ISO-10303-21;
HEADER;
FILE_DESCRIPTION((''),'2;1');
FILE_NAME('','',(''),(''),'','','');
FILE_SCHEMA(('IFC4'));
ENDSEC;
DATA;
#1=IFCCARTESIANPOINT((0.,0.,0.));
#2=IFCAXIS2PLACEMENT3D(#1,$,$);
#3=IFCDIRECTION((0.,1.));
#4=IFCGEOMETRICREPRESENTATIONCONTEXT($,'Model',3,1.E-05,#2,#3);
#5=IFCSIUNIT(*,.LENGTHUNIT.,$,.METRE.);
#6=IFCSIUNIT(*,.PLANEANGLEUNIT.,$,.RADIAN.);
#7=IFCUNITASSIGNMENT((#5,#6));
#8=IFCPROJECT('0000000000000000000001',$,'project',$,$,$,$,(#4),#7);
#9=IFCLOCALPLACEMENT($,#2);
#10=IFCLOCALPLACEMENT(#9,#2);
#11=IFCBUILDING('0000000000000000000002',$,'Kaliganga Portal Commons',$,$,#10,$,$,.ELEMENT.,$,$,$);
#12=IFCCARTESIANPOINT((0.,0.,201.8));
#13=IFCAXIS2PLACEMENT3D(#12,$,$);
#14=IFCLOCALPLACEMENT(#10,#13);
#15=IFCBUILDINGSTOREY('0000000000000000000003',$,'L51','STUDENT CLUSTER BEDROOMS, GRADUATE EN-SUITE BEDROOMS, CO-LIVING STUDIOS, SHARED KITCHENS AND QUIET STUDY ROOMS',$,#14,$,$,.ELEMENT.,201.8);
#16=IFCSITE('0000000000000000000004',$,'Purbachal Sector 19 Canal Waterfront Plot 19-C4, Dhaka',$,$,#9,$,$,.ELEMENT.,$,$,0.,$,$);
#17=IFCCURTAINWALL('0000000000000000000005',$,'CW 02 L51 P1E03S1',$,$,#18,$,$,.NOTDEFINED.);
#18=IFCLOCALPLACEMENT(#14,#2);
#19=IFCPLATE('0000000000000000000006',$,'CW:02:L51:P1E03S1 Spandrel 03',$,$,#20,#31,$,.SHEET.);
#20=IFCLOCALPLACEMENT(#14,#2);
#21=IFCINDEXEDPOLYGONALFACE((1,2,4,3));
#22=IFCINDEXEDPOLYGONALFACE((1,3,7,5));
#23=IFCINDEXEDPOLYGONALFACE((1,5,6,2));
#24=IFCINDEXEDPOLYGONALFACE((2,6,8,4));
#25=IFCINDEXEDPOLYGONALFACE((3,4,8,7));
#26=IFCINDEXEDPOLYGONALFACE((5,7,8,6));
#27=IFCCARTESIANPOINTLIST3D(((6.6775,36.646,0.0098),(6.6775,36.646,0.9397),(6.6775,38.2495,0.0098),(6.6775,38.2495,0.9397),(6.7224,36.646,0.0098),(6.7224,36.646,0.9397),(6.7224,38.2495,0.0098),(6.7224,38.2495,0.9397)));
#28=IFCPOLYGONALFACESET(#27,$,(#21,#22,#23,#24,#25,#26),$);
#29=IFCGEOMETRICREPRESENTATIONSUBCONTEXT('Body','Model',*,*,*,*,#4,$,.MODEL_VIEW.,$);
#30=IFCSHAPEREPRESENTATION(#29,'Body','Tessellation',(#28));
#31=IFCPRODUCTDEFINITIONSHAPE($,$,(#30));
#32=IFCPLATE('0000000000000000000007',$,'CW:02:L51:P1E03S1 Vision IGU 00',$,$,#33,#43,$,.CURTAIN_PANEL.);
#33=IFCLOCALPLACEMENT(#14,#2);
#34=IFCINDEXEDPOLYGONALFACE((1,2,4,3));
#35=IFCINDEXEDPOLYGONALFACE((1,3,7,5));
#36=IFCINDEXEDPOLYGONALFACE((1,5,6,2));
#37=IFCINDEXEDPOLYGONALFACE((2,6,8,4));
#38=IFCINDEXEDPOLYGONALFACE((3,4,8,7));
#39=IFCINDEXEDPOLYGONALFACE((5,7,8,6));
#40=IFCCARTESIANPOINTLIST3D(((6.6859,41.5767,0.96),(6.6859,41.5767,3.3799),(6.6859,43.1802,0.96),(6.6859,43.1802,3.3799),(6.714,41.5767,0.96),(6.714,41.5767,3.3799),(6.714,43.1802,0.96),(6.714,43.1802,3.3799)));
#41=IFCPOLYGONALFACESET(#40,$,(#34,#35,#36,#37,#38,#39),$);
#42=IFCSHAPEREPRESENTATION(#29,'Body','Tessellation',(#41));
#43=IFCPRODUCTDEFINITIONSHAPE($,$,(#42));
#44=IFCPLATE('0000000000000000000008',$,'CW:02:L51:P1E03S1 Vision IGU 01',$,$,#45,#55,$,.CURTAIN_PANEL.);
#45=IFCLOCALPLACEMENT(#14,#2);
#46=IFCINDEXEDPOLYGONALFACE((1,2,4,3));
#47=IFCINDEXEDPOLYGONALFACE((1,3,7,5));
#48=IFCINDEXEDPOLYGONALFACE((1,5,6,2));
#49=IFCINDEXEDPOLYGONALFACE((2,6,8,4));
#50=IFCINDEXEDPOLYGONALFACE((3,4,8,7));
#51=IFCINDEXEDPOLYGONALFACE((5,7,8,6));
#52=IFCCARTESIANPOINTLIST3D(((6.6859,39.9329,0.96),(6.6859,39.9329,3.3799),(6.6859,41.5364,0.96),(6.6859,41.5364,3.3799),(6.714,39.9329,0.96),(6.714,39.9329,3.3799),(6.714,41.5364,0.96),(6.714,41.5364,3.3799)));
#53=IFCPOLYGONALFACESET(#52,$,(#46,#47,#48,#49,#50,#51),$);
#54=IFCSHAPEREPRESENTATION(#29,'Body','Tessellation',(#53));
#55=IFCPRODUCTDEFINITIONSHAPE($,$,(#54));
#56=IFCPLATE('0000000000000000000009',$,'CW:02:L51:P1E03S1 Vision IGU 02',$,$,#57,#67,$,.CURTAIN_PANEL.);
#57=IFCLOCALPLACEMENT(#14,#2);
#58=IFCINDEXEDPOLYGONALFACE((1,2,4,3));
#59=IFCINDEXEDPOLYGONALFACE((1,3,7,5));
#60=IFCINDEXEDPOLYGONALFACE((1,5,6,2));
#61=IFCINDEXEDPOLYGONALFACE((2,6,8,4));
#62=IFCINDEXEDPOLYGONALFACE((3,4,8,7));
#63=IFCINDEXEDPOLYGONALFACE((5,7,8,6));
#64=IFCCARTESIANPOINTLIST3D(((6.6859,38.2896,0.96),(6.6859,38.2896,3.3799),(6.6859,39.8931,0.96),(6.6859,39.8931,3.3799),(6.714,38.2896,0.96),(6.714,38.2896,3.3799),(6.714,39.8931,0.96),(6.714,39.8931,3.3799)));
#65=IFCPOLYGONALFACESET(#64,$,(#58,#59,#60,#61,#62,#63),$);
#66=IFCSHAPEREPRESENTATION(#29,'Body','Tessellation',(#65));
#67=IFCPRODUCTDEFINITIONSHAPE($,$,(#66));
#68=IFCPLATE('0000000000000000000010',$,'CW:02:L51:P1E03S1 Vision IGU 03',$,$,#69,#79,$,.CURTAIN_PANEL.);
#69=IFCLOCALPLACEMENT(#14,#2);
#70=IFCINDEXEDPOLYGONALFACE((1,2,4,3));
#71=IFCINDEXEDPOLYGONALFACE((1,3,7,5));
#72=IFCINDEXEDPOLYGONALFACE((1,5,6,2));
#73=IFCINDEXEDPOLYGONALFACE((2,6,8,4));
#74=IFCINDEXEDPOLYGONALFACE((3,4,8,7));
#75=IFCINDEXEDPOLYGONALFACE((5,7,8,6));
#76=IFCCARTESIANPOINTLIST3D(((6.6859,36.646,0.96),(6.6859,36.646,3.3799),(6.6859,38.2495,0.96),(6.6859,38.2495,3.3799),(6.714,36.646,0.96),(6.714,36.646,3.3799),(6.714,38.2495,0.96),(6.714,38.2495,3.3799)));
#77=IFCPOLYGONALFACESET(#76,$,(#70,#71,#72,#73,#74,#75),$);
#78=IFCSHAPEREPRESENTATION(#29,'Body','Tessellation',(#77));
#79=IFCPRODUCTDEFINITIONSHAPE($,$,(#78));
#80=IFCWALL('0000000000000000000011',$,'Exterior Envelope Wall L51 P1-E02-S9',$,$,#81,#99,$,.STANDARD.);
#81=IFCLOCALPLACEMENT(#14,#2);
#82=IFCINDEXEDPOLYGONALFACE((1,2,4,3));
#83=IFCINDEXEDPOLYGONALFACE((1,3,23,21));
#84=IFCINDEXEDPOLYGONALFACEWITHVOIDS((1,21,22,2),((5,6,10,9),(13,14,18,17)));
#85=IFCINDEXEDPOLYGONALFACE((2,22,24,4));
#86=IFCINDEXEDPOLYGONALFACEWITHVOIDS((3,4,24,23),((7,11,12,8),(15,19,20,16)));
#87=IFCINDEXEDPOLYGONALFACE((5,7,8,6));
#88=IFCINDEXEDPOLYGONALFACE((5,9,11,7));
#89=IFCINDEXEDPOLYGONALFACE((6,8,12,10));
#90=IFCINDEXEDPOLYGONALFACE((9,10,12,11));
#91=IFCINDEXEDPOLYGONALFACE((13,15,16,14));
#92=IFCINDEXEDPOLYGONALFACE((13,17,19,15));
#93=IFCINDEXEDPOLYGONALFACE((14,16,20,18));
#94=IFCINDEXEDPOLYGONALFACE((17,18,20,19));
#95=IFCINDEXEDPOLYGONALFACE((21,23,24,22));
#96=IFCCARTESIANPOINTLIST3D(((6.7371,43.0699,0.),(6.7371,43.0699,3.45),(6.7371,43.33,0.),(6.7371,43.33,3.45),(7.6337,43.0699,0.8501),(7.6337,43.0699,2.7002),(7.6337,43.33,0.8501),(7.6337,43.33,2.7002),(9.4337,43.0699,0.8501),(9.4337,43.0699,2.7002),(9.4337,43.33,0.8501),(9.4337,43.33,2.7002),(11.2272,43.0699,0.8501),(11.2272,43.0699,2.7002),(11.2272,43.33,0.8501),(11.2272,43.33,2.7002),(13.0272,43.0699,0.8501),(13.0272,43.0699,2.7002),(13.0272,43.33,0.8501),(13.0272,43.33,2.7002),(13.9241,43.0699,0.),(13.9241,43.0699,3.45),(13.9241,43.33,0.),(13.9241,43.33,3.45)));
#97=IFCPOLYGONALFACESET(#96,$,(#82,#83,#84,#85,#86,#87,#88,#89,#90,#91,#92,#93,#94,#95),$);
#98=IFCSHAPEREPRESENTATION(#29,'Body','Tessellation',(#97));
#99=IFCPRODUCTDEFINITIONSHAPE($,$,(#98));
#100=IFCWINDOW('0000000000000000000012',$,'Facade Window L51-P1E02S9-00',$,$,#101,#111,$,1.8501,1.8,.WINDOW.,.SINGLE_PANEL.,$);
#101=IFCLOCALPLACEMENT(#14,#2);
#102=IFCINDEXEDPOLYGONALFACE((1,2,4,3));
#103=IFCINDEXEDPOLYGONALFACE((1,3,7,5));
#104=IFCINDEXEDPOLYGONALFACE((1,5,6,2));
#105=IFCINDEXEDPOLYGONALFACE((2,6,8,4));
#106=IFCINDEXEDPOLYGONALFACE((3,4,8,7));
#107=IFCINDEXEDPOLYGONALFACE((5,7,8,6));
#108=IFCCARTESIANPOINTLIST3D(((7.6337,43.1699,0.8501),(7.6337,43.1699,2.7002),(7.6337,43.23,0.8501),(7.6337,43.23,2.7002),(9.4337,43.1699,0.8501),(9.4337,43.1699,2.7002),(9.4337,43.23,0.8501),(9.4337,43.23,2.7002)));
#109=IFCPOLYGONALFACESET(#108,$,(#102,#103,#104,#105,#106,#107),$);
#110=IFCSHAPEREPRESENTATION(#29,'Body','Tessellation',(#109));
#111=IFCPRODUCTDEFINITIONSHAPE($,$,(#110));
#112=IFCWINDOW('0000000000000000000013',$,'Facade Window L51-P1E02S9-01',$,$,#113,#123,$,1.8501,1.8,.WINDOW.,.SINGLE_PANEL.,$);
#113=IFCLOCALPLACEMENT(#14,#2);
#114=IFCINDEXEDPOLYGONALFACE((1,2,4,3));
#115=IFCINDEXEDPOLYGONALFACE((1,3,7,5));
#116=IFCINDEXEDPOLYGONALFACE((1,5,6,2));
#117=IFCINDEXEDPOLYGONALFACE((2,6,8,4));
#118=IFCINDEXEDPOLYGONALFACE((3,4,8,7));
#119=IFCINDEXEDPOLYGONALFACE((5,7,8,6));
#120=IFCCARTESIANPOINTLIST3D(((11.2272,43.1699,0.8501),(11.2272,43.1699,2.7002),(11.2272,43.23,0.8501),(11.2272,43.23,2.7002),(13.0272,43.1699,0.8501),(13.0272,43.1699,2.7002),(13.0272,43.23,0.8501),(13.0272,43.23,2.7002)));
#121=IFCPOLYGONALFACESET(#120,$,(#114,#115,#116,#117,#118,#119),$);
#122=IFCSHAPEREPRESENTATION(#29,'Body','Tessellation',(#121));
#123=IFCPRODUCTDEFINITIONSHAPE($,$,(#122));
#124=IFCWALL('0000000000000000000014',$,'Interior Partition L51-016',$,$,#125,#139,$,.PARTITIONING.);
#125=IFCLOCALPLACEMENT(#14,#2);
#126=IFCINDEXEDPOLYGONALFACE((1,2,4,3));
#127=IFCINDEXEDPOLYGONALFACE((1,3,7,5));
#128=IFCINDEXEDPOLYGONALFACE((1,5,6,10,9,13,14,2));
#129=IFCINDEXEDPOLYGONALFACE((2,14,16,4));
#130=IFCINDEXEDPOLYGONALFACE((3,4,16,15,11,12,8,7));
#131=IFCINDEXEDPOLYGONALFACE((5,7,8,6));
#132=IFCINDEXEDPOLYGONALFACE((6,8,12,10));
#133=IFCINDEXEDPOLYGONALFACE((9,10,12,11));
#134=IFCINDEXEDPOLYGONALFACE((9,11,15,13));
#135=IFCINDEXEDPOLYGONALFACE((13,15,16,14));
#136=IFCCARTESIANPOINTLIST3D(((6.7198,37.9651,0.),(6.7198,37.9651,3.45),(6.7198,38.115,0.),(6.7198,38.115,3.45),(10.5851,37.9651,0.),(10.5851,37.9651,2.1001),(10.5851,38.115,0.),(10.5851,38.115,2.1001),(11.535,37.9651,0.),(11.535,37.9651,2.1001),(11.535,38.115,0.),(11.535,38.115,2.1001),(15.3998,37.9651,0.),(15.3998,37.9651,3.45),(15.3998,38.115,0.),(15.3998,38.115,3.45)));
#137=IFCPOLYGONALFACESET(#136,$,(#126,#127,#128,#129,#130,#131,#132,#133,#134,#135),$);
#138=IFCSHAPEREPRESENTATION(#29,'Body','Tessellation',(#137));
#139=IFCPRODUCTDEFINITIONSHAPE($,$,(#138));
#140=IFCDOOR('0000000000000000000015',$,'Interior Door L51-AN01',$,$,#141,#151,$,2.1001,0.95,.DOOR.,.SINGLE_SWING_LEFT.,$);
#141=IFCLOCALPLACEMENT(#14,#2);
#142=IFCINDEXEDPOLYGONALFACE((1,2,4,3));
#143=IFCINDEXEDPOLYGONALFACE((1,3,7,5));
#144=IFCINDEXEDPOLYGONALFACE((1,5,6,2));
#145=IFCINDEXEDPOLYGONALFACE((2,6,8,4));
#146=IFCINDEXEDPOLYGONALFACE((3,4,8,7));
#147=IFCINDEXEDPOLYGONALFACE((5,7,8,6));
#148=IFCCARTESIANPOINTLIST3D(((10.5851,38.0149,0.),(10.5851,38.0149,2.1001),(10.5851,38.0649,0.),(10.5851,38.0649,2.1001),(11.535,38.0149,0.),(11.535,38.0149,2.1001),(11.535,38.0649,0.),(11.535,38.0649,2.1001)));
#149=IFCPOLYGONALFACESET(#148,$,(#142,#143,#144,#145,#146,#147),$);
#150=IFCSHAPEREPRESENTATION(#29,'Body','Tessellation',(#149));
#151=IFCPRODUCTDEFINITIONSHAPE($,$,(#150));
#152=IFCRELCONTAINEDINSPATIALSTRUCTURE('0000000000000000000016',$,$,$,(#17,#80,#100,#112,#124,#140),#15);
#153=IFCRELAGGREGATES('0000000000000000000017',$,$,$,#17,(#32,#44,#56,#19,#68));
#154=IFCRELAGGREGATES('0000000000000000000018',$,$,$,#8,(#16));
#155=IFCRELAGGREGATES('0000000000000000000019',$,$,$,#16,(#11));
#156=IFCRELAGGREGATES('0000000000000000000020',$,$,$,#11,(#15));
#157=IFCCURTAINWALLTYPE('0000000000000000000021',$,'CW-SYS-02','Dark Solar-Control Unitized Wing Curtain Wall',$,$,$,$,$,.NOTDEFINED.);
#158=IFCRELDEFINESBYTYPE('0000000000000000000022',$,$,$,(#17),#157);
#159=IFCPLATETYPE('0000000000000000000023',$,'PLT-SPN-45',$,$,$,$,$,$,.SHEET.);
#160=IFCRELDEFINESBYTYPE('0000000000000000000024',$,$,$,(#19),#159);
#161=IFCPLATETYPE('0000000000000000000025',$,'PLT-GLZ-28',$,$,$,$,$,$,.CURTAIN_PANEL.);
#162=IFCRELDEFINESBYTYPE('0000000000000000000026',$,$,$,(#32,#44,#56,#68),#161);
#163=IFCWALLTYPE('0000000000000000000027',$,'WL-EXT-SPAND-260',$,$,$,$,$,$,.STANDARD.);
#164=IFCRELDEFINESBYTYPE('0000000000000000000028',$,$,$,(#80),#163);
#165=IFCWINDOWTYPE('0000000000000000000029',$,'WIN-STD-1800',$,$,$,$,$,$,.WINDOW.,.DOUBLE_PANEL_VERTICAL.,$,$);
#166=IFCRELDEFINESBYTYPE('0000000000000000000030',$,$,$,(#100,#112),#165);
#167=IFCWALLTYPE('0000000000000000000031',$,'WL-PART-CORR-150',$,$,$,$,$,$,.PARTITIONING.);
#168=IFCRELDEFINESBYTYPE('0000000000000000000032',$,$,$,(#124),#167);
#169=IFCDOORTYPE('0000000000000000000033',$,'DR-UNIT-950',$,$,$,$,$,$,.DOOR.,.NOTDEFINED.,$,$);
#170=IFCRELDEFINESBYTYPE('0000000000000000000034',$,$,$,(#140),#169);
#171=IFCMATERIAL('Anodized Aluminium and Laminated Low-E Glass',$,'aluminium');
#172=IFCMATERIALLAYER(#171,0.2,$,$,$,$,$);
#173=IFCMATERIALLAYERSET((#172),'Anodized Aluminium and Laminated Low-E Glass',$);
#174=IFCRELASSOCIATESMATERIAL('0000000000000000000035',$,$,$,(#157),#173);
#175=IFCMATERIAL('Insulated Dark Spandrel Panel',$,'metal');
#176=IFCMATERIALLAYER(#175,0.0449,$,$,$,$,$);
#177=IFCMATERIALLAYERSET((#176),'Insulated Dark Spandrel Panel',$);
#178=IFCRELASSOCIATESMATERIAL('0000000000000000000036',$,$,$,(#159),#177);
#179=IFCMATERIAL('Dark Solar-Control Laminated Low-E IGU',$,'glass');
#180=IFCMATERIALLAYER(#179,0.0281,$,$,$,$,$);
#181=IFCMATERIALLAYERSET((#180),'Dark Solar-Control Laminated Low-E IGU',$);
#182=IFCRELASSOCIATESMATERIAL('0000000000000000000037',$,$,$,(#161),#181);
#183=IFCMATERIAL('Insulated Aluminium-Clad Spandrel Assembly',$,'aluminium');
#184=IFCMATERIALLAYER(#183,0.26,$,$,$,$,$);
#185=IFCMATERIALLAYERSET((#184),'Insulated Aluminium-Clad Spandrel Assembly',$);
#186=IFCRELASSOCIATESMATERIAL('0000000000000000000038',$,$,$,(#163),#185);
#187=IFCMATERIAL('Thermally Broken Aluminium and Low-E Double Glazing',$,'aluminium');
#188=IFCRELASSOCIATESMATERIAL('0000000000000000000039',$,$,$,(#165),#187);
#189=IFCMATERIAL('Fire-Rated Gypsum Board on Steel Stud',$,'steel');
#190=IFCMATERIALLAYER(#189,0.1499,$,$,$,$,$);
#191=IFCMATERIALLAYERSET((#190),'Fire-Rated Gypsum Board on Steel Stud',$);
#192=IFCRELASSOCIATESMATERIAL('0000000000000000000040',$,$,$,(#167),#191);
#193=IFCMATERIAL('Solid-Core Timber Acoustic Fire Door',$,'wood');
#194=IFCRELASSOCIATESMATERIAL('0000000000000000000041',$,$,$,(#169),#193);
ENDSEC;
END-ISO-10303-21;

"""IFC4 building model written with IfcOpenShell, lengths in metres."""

from ifc_helpers import new_model, si_unit, direction, frame, frame_2d, origin, origin_2d, place, context, subcontext, project, spatial, rectangle, extrude, source, transform, mapped, material, layer, layer_set, type_object, element, fill, aggregate, save


model = new_model("IFC4")

# Units and contexts
model_context = context("Model", 3, precision=1e-05, world=origin(), true_north=direction((0.0, 1.0)))
body_context = subcontext(model_context, "Body", "Model", "MODEL_VIEW")
ifc_project = project(units=[si_unit("LENGTHUNIT", "METRE"), si_unit("PLANEANGLEUNIT", "RADIAN")], contexts=[model_context])

# Site, building, storey
site_placement = place(None, origin())
site = spatial("IfcSite", under=ifc_project, at=site_placement, Name="Purbachal Sector 19 Canal Waterfront Plot 19-C4, Dhaka", CompositionType="ELEMENT", RefElevation=0.0)
building_placement = place(site_placement, origin())
building = spatial("IfcBuilding", under=site, at=building_placement, Name="Kaliganga Portal Commons", CompositionType="ELEMENT")
storey_placement = place(building_placement, frame((0.0, 0.0, 201.8)))
storey = spatial("IfcBuildingStorey", under=building, at=storey_placement, Name="L51", Description="STUDENT CLUSTER BEDROOMS, GRADUATE EN-SUITE BEDROOMS, CO-LIVING STUDIOS, SHARED KITCHENS AND QUIET STUDY ROOMS", CompositionType="ELEMENT", Elevation=201.8)

# Curtain wall, plates
ifc_material_1 = material(Name="Anodized Aluminium and Laminated Low-E Glass", Category="aluminium")
ifc_layer_1 = layer(ifc_material_1, 0.2)
ifc_layer_set_1 = layer_set([ifc_layer_1], Name="Anodized Aluminium and Laminated Low-E Glass")
curtain_wall_type = type_object("IfcCurtainWallType", Name="CW-SYS-02", Description="Dark Solar-Control Unitized Wing Curtain Wall", PredefinedType="NOTDEFINED", material=ifc_layer_set_1)
curtain_wall_placement = place(storey_placement, origin())
curtain_wall = element("IfcCurtainWall", 1, at=curtain_wall_placement, inside=storey, type_object=curtain_wall_type, Name="CW 02 L51 P1E03S1", PredefinedType="NOTDEFINED")
ifc_material_2 = material(Name="Insulated Dark Spandrel Panel", Category="metal")
ifc_layer_2 = layer(ifc_material_2, 0.0449)
ifc_layer_set_2 = layer_set([ifc_layer_2], Name="Insulated Dark Spandrel Panel")
plate_type_1 = type_object("IfcPlateType", Name="PLT-SPN-45", PredefinedType="SHEET", material=ifc_layer_set_2)
shared_shape_1 = source(origin(), body_context, "Body", "SweptSolid", [
    extrude(rectangle(XDim=1.6035, YDim=0.0449, at=origin_2d()), origin(), (0.0, 0.0, 1.0), 0.9299),
])
plate_1_placement = place(storey_placement, frame((6.7, 37.4478, 0.0098), z_axis=(0.0, 0.0, 1.0), x_axis=(0.0, -1.0, 0.0)))
plate_1 = element("IfcPlate", 2, at=plate_1_placement, type_object=plate_type_1, Name="CW:02:L51:P1E03S1 Spandrel 03", PredefinedType="SHEET", context=body_context, shape_type="MappedRepresentation", body=[
    mapped(shared_shape_1, transform((0.0, 0.0, 0.0), x_axis=(1.0, 0.0, 0.0), y_axis=(0.0, 1.0, 0.0), z_axis=(0.0, 0.0, 1.0), scale=1.0)),
])
ifc_material_3 = material(Name="Dark Solar-Control Laminated Low-E IGU", Category="glass")
ifc_layer_3 = layer(ifc_material_3, 0.0281)
ifc_layer_set_3 = layer_set([ifc_layer_3], Name="Dark Solar-Control Laminated Low-E IGU")
plate_type_2 = type_object("IfcPlateType", Name="PLT-GLZ-28", PredefinedType="CURTAIN_PANEL", material=ifc_layer_set_3)
shared_shape_2 = source(origin(), body_context, "Body", "SweptSolid", [
    extrude(rectangle(XDim=1.6035, YDim=0.0281, at=origin_2d()), origin(), (0.0, 0.0, 1.0), 2.4199),
])
plate_2_placement = place(storey_placement, frame((6.7, 42.3784, 0.96), z_axis=(0.0, 0.0, 1.0), x_axis=(0.0, -1.0, 0.0)))
plate_2 = element("IfcPlate", 3, at=plate_2_placement, type_object=plate_type_2, Name="CW:02:L51:P1E03S1 Vision IGU 00", PredefinedType="CURTAIN_PANEL", context=body_context, shape_type="MappedRepresentation", body=[
    mapped(shared_shape_2, transform((0.0, 0.0, 0.0), x_axis=(1.0, 0.0, 0.0), y_axis=(0.0, 1.0, 0.0), z_axis=(0.0, 0.0, 1.0), scale=1.0)),
])
plate_3_placement = place(storey_placement, frame((6.7, 40.7346, 0.96), z_axis=(0.0, 0.0, 1.0), x_axis=(0.0, -1.0, 0.0)))
plate_3 = element("IfcPlate", 4, at=plate_3_placement, type_object=plate_type_2, Name="CW:02:L51:P1E03S1 Vision IGU 01", PredefinedType="CURTAIN_PANEL", context=body_context, shape_type="MappedRepresentation", body=[
    mapped(shared_shape_2, transform((0.0, 0.0, 0.0), x_axis=(1.0, 0.0, 0.0), y_axis=(0.0, 1.0, 0.0), z_axis=(0.0, 0.0, 1.0), scale=1.0)),
])
plate_4_placement = place(storey_placement, frame((6.7, 39.0913, 0.96), z_axis=(0.0, 0.0, 1.0), x_axis=(0.0, -1.0, 0.0)))
plate_4 = element("IfcPlate", 5, at=plate_4_placement, type_object=plate_type_2, Name="CW:02:L51:P1E03S1 Vision IGU 02", PredefinedType="CURTAIN_PANEL", context=body_context, shape_type="MappedRepresentation", body=[
    mapped(shared_shape_2, transform((0.0, 0.0, 0.0), x_axis=(1.0, 0.0, 0.0), y_axis=(0.0, 1.0, 0.0), z_axis=(0.0, 0.0, 1.0), scale=1.0)),
])
plate_5_placement = place(storey_placement, frame((6.7, 37.4478, 0.96), z_axis=(0.0, 0.0, 1.0), x_axis=(0.0, -1.0, 0.0)))
plate_5 = element("IfcPlate", 6, at=plate_5_placement, type_object=plate_type_2, Name="CW:02:L51:P1E03S1 Vision IGU 03", PredefinedType="CURTAIN_PANEL", context=body_context, shape_type="MappedRepresentation", body=[
    mapped(shared_shape_2, transform((0.0, 0.0, 0.0), x_axis=(1.0, 0.0, 0.0), y_axis=(0.0, 1.0, 0.0), z_axis=(0.0, 0.0, 1.0), scale=1.0)),
])
aggregate(curtain_wall, [plate_2, plate_3, plate_4, plate_1, plate_5])

# Wall, openings, windows
ifc_material_4 = material(Name="Insulated Aluminium-Clad Spandrel Assembly", Category="aluminium")
ifc_layer_4 = layer(ifc_material_4, 0.26)
ifc_layer_set_4 = layer_set([ifc_layer_4], Name="Insulated Aluminium-Clad Spandrel Assembly")
wall_type_1 = type_object("IfcWallType", Name="WL-EXT-SPAND-260", PredefinedType="STANDARD", material=ifc_layer_set_4)
wall_1_placement = place(storey_placement, frame((6.7371, 43.2, 0.0), z_axis=(0.0, 0.0, 1.0), x_axis=(1.0, 0.0, 0.0)))
wall_1 = element("IfcWall", 7, at=wall_1_placement, inside=storey, type_object=wall_type_1, Name="Exterior Envelope Wall L51 P1-E02-S9", PredefinedType="STANDARD", context=body_context, shape_type="SweptSolid", body=[
    extrude(rectangle(XDim=7.187, YDim=0.26, at=frame_2d((3.5935, 0.0))), origin(), (0.0, 0.0, 1.0), 3.45),
])
opening_1_placement = place(wall_1_placement, frame((0.8967, 0.0, 0.8501)))
opening_1 = element("IfcOpeningElement", 8, at=opening_1_placement, cuts=wall_1, PredefinedType="OPENING", context=body_context, shape_type="SweptSolid", body=[
    extrude(rectangle(XDim=1.8, YDim=1.8501, at=frame_2d((0.8999, 0.925))), frame((0.0, 0.1401, 0.0), z_axis=(0.0, -1.0, 0.0), x_axis=(1.0, 0.0, 0.0)), (0.0, 0.0, 1.0), 0.28),
])
opening_2_placement = place(wall_1_placement, frame((4.4902, 0.0, 0.8501)))
opening_2 = element("IfcOpeningElement", 9, at=opening_2_placement, cuts=wall_1, PredefinedType="OPENING", context=body_context, shape_type="SweptSolid", body=[
    extrude(rectangle(XDim=1.8, YDim=1.8501, at=frame_2d((0.8999, 0.925))), frame((0.0, 0.1401, 0.0), z_axis=(0.0, -1.0, 0.0), x_axis=(1.0, 0.0, 0.0)), (0.0, 0.0, 1.0), 0.28),
])
ifc_material_5 = material(Name="Thermally Broken Aluminium and Low-E Double Glazing", Category="aluminium")
window_type = type_object("IfcWindowType", Name="WIN-STD-1800", PartitioningType="DOUBLE_PANEL_VERTICAL", PredefinedType="WINDOW", material=ifc_material_5)
window_1_placement = place(opening_1_placement, origin())
window_1 = element("IfcWindow", 10, at=window_1_placement, inside=storey, type_object=window_type, Name="Facade Window L51-P1E02S9-00", OverallHeight=1.8501, OverallWidth=1.8, PartitioningType="SINGLE_PANEL", PredefinedType="WINDOW", context=body_context, shape_type="SweptSolid", body=[
    extrude(rectangle(XDim=1.8, YDim=1.8501, at=frame_2d((0.8999, 0.925))), frame((0.0, 0.03, 0.0), z_axis=(0.0, -1.0, 0.0), x_axis=(1.0, 0.0, 0.0)), (0.0, 0.0, 1.0), 0.0601),
])
fill(opening_1, window_1)
window_2_placement = place(opening_2_placement, origin())
window_2 = element("IfcWindow", 11, at=window_2_placement, inside=storey, type_object=window_type, Name="Facade Window L51-P1E02S9-01", OverallHeight=1.8501, OverallWidth=1.8, PartitioningType="SINGLE_PANEL", PredefinedType="WINDOW", context=body_context, shape_type="SweptSolid", body=[
    extrude(rectangle(XDim=1.8, YDim=1.8501, at=frame_2d((0.8999, 0.925))), frame((0.0, 0.03, 0.0), z_axis=(0.0, -1.0, 0.0), x_axis=(1.0, 0.0, 0.0)), (0.0, 0.0, 1.0), 0.0601),
])
fill(opening_2, window_2)

# Wall, opening, door
ifc_material_6 = material(Name="Fire-Rated Gypsum Board on Steel Stud", Category="steel")
ifc_layer_5 = layer(ifc_material_6, 0.1499)
ifc_layer_set_5 = layer_set([ifc_layer_5], Name="Fire-Rated Gypsum Board on Steel Stud")
wall_type_2 = type_object("IfcWallType", Name="WL-PART-CORR-150", PredefinedType="PARTITIONING", material=ifc_layer_set_5)
wall_2_placement = place(storey_placement, frame((6.72, 38.04, 0.0), z_axis=(0.0, 0.0, 1.0), x_axis=(1.0, 0.0, 0.0)))
wall_2 = element("IfcWall", 12, at=wall_2_placement, inside=storey, type_object=wall_type_2, Name="Interior Partition L51-016", PredefinedType="PARTITIONING", context=body_context, shape_type="SweptSolid", body=[
    extrude(rectangle(XDim=8.6799, YDim=0.1499, at=frame_2d((4.3398, 0.0))), origin(), (0.0, 0.0, 1.0), 3.45),
])
opening_3_placement = place(wall_2_placement, frame((3.865, 0.0, 0.0)))
opening_3 = element("IfcOpeningElement", 13, at=opening_3_placement, cuts=wall_2, PredefinedType="OPENING", context=body_context, shape_type="SweptSolid", body=[
    extrude(rectangle(XDim=0.95, YDim=2.1001, at=frame_2d((0.4751, 1.05))), frame((0.0, 0.085, 0.0), z_axis=(0.0, -1.0, 0.0), x_axis=(1.0, 0.0, 0.0)), (0.0, 0.0, 1.0), 0.1699),
])
ifc_material_7 = material(Name="Solid-Core Timber Acoustic Fire Door", Category="wood")
door_type_1 = type_object("IfcDoorType", Name="DR-UNIT-950", OperationType="NOTDEFINED", PredefinedType="DOOR", material=ifc_material_7)
door_1_placement = place(opening_3_placement, origin())
door_1 = element("IfcDoor", 14, at=door_1_placement, inside=storey, type_object=door_type_1, Name="Interior Door L51-AN01", OperationType="SINGLE_SWING_LEFT", OverallHeight=2.1001, OverallWidth=0.95, PredefinedType="DOOR", context=body_context, shape_type="SweptSolid", body=[
    extrude(rectangle(XDim=0.95, YDim=2.1001, at=frame_2d((0.4751, 1.05))), frame((0.0, 0.0249, 0.0), z_axis=(0.0, -1.0, 0.0), x_axis=(1.0, 0.0, 0.0)), (0.0, 0.0, 1.0), 0.05),
])
fill(opening_3, door_1)

save(model, "model.ifc")
